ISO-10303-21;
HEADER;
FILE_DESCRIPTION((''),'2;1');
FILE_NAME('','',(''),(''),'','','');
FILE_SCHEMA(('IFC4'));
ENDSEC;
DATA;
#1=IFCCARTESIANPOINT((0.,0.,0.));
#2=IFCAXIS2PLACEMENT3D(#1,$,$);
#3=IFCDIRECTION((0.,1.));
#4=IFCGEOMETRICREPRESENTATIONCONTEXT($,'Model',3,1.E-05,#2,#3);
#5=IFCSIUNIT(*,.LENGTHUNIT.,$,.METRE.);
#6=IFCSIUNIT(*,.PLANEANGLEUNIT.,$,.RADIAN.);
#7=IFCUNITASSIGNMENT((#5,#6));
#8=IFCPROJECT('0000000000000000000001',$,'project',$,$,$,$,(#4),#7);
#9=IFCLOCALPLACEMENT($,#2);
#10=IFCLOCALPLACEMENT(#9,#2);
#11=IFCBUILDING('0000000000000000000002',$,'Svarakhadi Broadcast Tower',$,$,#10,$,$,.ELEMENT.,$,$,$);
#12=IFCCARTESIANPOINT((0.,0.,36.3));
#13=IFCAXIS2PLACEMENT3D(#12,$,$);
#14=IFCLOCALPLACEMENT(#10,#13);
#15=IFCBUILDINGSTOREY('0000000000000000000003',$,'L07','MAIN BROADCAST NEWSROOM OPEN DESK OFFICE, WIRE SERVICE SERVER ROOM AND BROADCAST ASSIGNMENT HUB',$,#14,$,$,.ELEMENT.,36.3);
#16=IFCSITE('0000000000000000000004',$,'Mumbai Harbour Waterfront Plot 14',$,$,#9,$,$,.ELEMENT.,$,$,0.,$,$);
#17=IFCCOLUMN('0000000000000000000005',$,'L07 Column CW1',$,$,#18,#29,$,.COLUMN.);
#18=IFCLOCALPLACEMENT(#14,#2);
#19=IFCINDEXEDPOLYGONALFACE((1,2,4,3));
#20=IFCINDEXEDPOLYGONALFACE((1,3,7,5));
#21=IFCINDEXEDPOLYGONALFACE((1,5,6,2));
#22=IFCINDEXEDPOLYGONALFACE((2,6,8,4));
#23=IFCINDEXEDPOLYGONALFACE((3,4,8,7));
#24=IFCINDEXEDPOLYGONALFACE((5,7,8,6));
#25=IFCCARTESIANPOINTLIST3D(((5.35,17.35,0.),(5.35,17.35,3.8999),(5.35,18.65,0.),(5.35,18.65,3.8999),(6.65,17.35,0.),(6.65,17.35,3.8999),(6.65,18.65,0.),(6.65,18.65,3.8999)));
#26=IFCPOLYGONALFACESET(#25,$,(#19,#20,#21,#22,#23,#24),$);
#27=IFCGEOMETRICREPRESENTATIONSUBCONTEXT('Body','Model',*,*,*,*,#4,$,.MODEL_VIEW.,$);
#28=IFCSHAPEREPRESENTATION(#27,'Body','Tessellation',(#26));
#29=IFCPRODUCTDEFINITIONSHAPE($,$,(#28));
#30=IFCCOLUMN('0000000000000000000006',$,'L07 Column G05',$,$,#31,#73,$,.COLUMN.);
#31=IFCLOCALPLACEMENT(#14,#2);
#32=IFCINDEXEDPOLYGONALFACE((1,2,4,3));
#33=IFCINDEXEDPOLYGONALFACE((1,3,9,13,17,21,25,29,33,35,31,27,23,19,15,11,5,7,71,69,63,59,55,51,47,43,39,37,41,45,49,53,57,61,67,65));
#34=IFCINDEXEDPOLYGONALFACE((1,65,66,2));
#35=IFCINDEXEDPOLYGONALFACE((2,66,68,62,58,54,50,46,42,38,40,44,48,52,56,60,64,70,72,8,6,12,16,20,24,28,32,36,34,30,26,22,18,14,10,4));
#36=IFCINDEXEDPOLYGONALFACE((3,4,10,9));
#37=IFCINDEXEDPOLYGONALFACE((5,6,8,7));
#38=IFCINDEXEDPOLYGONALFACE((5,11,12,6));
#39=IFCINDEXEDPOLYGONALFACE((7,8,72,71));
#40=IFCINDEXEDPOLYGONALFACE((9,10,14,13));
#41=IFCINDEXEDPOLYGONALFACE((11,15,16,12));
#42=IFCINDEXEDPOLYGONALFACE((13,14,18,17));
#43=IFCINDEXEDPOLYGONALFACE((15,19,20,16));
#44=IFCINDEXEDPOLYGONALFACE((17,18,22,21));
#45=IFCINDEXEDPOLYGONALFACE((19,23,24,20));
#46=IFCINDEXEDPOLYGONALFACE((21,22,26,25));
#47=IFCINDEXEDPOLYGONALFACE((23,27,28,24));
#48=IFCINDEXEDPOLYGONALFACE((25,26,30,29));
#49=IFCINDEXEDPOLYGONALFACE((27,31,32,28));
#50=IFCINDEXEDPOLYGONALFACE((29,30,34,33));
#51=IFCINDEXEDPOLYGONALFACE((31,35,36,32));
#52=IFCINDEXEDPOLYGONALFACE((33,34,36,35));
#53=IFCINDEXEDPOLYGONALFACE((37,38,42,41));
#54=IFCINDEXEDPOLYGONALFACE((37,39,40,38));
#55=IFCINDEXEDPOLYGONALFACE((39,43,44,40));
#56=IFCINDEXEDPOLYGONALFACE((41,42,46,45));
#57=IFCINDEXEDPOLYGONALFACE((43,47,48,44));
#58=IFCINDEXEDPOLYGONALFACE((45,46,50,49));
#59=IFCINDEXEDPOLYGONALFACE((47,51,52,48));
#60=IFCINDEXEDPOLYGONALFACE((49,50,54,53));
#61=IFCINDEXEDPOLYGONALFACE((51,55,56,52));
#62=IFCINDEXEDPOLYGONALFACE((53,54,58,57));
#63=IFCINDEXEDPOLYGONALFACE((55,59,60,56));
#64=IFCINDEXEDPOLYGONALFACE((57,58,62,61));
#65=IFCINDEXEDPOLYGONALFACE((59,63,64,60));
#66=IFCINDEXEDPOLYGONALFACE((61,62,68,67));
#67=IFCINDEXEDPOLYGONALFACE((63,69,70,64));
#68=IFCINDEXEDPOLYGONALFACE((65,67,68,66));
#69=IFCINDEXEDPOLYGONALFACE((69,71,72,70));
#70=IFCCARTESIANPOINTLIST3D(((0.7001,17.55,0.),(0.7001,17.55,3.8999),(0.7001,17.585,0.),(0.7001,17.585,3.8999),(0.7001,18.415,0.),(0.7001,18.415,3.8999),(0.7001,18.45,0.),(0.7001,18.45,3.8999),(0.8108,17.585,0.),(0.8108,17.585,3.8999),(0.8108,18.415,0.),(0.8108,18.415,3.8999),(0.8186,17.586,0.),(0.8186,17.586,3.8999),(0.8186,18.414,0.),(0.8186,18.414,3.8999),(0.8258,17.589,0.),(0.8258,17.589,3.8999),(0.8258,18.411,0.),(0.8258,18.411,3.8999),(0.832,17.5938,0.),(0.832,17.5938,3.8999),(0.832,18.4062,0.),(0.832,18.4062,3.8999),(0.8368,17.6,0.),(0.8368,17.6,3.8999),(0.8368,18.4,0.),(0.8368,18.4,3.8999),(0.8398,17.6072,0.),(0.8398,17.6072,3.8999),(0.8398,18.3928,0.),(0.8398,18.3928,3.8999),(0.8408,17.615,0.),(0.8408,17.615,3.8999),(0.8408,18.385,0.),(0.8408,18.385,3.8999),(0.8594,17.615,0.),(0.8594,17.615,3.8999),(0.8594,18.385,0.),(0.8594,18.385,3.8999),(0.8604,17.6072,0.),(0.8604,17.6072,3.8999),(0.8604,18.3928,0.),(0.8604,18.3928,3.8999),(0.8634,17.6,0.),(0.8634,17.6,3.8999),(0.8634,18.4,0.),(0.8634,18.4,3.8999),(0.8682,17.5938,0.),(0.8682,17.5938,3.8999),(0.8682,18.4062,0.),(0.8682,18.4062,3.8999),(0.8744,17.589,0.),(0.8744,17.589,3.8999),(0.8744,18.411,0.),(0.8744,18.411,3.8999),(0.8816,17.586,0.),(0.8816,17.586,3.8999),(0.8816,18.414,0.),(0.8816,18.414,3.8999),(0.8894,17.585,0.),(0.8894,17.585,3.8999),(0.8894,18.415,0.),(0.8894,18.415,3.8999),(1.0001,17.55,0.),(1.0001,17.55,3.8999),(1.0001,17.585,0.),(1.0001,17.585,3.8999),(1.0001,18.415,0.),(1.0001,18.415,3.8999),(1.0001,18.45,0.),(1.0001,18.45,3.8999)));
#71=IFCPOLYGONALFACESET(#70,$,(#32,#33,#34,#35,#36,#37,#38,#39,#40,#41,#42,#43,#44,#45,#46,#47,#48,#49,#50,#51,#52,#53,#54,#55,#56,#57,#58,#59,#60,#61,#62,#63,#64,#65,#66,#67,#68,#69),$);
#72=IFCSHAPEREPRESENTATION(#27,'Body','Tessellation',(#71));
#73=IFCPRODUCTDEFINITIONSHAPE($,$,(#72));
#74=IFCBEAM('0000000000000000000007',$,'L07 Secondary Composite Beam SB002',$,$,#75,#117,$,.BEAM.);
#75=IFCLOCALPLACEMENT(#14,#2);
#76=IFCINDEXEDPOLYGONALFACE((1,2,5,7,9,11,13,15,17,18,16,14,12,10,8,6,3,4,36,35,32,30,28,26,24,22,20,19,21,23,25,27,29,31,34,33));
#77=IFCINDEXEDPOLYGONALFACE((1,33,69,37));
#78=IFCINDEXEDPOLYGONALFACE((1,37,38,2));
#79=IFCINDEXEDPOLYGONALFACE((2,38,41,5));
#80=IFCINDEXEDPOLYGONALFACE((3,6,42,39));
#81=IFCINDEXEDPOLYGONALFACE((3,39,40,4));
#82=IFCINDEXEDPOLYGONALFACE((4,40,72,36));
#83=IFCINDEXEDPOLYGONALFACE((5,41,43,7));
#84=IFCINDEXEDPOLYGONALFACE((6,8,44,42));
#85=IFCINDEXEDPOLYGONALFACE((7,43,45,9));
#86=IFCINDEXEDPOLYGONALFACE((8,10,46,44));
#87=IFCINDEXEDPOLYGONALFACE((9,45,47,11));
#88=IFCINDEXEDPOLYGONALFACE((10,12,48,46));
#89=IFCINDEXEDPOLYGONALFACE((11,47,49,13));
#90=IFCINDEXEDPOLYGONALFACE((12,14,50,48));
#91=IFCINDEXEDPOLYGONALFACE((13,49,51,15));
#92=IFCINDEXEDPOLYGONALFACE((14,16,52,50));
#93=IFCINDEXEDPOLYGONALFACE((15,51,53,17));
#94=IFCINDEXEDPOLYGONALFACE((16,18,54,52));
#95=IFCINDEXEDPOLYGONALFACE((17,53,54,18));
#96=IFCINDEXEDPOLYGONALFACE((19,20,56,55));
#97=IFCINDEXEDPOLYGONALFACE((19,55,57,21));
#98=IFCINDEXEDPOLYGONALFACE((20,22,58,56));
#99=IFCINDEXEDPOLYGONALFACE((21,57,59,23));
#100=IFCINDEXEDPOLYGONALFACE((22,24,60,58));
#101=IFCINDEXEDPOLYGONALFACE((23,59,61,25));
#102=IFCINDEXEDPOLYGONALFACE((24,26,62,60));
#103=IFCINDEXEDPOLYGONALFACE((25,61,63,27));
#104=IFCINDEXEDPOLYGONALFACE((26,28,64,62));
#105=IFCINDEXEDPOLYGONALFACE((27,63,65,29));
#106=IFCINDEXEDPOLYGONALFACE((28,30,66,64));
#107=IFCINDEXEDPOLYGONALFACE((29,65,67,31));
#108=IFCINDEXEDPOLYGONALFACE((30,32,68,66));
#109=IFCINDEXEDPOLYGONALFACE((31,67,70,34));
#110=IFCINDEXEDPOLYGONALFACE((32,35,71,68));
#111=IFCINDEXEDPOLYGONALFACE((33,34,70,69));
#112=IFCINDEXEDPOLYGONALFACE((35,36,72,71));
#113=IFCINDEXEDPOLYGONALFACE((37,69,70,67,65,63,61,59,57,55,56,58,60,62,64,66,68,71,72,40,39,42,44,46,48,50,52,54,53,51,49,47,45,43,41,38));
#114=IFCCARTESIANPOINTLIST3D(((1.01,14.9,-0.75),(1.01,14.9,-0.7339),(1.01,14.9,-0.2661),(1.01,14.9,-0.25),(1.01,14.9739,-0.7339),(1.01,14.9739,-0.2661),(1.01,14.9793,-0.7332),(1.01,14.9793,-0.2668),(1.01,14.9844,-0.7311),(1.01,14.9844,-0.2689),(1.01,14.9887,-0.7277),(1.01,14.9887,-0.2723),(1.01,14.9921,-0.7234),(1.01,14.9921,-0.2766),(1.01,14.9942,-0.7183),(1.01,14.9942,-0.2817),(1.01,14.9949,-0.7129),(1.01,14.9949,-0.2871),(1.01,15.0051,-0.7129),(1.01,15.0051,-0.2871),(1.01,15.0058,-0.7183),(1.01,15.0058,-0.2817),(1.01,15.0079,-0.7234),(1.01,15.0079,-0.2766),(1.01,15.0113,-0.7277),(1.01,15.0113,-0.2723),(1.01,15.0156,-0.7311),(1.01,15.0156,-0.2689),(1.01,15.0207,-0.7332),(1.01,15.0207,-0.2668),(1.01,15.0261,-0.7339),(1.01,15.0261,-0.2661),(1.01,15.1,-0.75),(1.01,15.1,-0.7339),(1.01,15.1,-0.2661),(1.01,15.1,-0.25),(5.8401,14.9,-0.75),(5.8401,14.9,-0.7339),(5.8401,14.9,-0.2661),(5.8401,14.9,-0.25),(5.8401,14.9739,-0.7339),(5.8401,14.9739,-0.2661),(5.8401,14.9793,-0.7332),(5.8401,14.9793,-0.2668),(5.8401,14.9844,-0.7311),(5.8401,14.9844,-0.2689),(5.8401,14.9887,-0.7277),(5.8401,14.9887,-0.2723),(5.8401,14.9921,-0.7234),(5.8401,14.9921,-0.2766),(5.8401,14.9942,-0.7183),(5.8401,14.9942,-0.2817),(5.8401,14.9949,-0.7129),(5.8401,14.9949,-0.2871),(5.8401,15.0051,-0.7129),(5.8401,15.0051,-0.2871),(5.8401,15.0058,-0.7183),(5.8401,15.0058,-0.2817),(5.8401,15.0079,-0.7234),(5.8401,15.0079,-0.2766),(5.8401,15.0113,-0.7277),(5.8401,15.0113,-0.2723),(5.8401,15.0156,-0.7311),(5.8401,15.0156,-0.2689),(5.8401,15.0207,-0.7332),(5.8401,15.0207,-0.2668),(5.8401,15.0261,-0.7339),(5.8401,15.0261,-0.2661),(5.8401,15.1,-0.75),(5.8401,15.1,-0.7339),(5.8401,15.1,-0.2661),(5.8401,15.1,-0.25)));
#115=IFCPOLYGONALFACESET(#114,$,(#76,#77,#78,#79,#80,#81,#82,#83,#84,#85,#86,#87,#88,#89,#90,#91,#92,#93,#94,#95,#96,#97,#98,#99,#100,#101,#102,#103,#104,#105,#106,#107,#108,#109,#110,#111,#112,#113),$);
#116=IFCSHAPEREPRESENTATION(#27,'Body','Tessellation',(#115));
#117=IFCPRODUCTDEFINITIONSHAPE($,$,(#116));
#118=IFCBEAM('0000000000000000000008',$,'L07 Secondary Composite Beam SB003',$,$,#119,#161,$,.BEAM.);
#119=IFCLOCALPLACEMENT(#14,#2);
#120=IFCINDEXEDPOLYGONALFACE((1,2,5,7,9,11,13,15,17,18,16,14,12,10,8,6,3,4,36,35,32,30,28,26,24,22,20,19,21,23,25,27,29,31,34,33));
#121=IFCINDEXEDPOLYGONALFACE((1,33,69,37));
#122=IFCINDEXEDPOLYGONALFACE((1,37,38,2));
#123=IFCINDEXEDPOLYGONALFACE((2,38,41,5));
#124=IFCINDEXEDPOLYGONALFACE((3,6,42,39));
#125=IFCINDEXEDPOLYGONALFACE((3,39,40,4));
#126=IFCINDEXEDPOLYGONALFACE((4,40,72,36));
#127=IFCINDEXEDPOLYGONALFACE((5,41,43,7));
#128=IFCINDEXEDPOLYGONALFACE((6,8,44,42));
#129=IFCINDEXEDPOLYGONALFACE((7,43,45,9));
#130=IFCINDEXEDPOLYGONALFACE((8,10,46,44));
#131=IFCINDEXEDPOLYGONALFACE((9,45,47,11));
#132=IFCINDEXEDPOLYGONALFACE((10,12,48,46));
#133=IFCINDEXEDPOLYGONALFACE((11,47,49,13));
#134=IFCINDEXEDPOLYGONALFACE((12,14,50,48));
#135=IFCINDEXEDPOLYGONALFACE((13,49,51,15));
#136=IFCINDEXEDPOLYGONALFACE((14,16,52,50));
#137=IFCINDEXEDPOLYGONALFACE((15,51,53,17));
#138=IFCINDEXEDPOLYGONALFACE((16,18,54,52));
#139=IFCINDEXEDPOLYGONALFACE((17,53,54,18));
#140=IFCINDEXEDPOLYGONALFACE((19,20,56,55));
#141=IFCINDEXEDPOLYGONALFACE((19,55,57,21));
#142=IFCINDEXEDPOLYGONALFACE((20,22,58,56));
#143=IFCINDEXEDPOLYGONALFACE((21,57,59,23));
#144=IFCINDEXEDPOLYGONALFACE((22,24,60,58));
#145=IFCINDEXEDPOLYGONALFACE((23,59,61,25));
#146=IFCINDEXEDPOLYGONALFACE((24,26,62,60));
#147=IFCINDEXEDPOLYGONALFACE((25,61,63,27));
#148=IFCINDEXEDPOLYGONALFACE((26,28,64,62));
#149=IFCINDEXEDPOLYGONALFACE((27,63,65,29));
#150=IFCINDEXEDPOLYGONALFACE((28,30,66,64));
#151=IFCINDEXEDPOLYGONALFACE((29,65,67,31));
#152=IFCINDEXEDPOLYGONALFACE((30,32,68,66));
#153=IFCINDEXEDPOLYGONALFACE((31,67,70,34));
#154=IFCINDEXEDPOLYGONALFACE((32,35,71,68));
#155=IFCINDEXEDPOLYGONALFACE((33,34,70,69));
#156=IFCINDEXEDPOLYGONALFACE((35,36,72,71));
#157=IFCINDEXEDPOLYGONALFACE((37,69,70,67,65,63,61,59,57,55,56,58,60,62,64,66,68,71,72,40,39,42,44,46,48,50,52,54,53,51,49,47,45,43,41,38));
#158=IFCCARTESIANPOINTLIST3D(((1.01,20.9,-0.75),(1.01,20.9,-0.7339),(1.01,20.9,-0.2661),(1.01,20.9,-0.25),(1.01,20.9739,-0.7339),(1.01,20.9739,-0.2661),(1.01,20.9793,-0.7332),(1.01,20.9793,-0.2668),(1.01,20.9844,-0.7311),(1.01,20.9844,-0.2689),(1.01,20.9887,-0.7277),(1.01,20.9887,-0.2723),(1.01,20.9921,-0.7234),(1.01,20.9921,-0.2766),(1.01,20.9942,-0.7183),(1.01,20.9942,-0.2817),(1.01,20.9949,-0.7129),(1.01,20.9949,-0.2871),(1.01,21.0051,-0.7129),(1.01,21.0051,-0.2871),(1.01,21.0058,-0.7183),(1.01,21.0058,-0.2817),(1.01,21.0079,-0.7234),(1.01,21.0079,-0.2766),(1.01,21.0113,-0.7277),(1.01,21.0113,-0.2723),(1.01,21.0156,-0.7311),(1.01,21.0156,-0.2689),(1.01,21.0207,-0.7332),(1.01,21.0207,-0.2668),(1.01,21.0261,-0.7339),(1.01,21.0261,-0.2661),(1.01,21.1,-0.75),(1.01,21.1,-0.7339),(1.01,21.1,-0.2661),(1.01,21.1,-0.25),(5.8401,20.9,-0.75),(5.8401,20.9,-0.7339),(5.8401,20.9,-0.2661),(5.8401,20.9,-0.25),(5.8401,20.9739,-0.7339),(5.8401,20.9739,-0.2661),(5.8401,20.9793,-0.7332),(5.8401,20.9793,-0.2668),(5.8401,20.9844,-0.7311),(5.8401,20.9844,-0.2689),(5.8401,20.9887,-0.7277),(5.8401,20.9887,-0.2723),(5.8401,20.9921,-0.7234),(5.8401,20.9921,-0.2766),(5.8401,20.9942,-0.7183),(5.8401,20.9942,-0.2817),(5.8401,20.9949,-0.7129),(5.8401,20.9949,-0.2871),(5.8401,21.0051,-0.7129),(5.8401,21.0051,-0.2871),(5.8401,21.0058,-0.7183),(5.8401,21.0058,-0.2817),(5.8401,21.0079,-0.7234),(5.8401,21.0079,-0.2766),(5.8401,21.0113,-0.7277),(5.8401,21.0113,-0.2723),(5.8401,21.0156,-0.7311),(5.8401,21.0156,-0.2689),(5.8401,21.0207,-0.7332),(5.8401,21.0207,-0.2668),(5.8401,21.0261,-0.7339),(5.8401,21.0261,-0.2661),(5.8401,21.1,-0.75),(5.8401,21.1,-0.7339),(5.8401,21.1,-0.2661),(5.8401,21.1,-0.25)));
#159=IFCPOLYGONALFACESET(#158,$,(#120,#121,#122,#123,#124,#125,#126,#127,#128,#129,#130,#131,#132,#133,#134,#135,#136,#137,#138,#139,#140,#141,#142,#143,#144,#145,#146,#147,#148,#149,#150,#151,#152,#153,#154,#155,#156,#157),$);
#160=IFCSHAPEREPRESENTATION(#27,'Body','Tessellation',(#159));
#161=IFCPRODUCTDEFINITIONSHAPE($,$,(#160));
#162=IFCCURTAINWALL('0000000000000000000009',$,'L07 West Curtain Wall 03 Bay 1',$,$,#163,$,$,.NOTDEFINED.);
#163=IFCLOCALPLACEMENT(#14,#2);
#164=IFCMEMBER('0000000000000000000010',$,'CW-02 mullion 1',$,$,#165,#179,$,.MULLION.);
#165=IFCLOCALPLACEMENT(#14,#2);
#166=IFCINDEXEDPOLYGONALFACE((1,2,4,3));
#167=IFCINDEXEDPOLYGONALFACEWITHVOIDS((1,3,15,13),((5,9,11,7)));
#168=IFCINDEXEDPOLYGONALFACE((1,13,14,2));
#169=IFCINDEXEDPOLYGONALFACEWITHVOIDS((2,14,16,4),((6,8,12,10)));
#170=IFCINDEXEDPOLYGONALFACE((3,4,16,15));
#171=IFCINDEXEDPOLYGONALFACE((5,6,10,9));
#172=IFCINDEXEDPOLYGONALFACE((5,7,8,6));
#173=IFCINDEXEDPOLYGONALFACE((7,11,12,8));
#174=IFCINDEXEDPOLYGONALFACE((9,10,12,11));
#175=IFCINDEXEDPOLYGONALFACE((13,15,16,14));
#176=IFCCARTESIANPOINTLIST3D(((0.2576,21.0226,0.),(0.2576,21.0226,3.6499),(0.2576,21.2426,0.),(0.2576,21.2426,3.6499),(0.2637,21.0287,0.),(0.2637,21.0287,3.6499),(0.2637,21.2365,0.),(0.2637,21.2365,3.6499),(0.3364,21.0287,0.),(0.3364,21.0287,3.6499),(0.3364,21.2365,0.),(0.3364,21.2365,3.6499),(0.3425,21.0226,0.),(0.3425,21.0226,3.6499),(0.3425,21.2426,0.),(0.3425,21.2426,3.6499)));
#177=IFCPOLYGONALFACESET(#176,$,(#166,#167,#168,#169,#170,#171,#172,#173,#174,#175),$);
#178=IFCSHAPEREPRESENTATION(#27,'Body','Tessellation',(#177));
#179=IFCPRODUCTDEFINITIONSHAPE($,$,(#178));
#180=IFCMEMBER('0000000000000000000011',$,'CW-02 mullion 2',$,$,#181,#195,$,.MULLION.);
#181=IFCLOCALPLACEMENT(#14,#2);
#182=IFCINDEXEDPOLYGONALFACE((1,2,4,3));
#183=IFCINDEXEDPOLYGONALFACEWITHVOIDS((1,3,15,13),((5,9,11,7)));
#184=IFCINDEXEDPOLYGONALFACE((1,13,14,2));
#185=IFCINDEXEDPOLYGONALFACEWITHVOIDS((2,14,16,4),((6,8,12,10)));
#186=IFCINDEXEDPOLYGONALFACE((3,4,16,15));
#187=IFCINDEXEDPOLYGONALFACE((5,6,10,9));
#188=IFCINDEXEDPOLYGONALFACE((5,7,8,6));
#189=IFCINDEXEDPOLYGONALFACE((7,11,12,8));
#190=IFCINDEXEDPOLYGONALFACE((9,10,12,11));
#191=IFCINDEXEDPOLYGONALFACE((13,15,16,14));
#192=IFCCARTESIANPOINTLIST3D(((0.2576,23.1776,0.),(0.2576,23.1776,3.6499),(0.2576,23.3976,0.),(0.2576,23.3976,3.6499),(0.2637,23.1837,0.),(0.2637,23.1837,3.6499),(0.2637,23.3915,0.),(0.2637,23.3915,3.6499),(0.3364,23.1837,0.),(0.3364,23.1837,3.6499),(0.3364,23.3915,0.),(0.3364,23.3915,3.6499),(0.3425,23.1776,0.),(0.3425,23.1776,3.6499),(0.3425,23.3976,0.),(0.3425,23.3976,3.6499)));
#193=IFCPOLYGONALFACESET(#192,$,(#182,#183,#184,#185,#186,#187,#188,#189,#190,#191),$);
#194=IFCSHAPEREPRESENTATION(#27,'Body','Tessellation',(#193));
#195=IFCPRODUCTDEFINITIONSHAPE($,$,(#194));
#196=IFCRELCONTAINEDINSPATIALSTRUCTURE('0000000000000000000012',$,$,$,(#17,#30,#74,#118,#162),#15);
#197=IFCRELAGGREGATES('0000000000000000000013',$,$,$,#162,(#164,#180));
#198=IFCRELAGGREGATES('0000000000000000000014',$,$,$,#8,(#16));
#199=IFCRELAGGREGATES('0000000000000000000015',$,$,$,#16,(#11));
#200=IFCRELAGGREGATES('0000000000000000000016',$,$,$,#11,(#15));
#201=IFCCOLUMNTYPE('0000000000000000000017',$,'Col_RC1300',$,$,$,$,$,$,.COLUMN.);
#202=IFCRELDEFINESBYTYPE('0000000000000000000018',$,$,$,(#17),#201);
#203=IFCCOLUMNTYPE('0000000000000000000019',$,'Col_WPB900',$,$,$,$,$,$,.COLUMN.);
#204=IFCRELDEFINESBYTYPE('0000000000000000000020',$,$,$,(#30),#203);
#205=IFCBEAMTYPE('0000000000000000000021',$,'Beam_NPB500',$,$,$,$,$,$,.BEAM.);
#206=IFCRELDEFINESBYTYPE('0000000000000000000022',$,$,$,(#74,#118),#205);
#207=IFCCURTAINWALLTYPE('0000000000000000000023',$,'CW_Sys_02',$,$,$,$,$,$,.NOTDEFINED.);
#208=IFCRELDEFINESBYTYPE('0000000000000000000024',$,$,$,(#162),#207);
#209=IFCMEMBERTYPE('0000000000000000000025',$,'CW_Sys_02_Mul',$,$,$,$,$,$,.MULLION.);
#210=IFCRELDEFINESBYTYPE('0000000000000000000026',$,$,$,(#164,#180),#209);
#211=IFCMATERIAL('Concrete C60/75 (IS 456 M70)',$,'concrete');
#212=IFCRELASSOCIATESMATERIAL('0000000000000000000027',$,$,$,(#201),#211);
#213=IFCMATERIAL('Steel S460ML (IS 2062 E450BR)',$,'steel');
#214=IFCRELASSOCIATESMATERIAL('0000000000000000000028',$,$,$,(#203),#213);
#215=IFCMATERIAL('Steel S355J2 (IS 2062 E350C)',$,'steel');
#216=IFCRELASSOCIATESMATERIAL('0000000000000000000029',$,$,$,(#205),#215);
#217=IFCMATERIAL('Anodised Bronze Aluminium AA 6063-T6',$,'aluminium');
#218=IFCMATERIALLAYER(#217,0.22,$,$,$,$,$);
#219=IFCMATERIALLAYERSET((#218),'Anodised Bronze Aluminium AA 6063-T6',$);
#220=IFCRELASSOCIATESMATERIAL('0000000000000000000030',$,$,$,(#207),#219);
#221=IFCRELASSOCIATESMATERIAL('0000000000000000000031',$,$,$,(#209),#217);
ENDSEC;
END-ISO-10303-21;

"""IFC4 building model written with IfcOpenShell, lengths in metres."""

from ifc_helpers import new_model, si_unit, direction, frame, origin, origin_2d, place, context, subcontext, project, spatial, rectangle, hollow_rectangle, i_section, extrude, material, layer, layer_set, material_profile, profile_set, type_object, element, aggregate, save


model = new_model("IFC4")

# Units and contexts
model_context = context("Model", 3, precision=1e-05, world=origin(), true_north=direction((0.0, 1.0)))
body_context = subcontext(model_context, "Body", "Model", "MODEL_VIEW")
ifc_project = project(units=[si_unit("LENGTHUNIT", "METRE"), si_unit("PLANEANGLEUNIT", "RADIAN")], contexts=[model_context])

# Site, building, storey
site_placement = place(None, origin())
site = spatial("IfcSite", under=ifc_project, at=site_placement, Name="Mumbai Harbour Waterfront Plot 14", CompositionType="ELEMENT", RefElevation=0.0)
building_placement = place(site_placement, origin())
building = spatial("IfcBuilding", under=site, at=building_placement, Name="Svarakhadi Broadcast Tower", CompositionType="ELEMENT")
storey_placement = place(building_placement, frame((0.0, 0.0, 36.3)))
storey = spatial("IfcBuildingStorey", under=building, at=storey_placement, Name="L07", Description="MAIN BROADCAST NEWSROOM OPEN DESK OFFICE, WIRE SERVICE SERVER ROOM AND BROADCAST ASSIGNMENT HUB", CompositionType="ELEMENT", Elevation=36.3)

# Columns
ifc_material_1 = material(Name="Concrete C60/75 (IS 456 M70)", Category="concrete")
ifc_material_profile_1 = material_profile(ifc_material_1, rectangle(XDim=1.3, YDim=1.3, at=origin_2d()), Name="RC 1300x1300")
ifc_profile_set_1 = profile_set([ifc_material_profile_1], Name="Concrete C60/75 (IS 456 M70)")
column_type_1 = type_object("IfcColumnType", Name="Col_RC1300", PredefinedType="COLUMN", material=ifc_profile_set_1)
column_1_placement = place(storey_placement, frame((6.0, 18.0, 0.0), z_axis=(0.0, 0.0, 1.0), x_axis=(1.0, 0.0, 0.0)))
element("IfcColumn", 1, at=column_1_placement, inside=storey, type_object=column_type_1, Name="L07 Column CW1", PredefinedType="COLUMN", context=body_context, shape_type="SweptSolid", body=[
    extrude(rectangle(XDim=1.3, YDim=1.3, at=origin_2d()), origin(), (0.0, 0.0, 1.0), 3.8999),
])
ifc_material_2 = material(Name="Steel S460ML (IS 2062 E450BR)", Category="steel")
ifc_material_profile_2 = material_profile(ifc_material_2, i_section(OverallWidth=0.3, OverallDepth=0.8999, WebThickness=0.0186, FlangeThickness=0.0349, FilletRadius=0.03, at=origin_2d()), Name="WPB 900x300x291")
ifc_profile_set_2 = profile_set([ifc_material_profile_2], Name="Steel S460ML (IS 2062 E450BR)")
column_type_2 = type_object("IfcColumnType", Name="Col_WPB900", PredefinedType="COLUMN", material=ifc_profile_set_2)
column_2_placement = place(storey_placement, frame((0.8501, 18.0, 0.0), z_axis=(0.0, 0.0, 1.0), x_axis=(1.0, 0.0, 0.0)))
element("IfcColumn", 2, at=column_2_placement, inside=storey, type_object=column_type_2, Name="L07 Column G05", PredefinedType="COLUMN", context=body_context, shape_type="SweptSolid", body=[
    extrude(i_section(OverallWidth=0.3, OverallDepth=0.8999, WebThickness=0.0186, FlangeThickness=0.0349, FilletRadius=0.03, at=origin_2d()), origin(), (0.0, 0.0, 1.0), 3.8999),
])

# Beams
ifc_material_3 = material(Name="Steel S355J2 (IS 2062 E350C)", Category="steel")
ifc_material_profile_3 = material_profile(ifc_material_3, i_section(OverallWidth=0.2, OverallDepth=0.5, WebThickness=0.0103, FlangeThickness=0.0161, FilletRadius=0.021, at=origin_2d()), Name="NPB 500x200x91")
ifc_profile_set_3 = profile_set([ifc_material_profile_3], Name="Steel S355J2 (IS 2062 E350C)")
beam_type_1 = type_object("IfcBeamType", Name="Beam_NPB500", PredefinedType="BEAM", material=ifc_profile_set_3)
for number, where, z_axis, x_axis, name in (
    (3, (1.01, 15.0, -0.5), (1.0, 0.0, 0.0), (0.0, 1.0, 0.0), "L07 Secondary Composite Beam SB002"),
    (4, (1.01, 21.0, -0.5), (1.0, 0.0, 0.0), (0.0, 1.0, 0.0), "L07 Secondary Composite Beam SB003"),
):
    element("IfcBeam", number, at=place(storey_placement, frame(where, z_axis=z_axis, x_axis=x_axis)), inside=storey, type_object=beam_type_1, Name=name, PredefinedType="BEAM", context=body_context, shape_type="SweptSolid", body=[
        extrude(i_section(OverallWidth=0.2, OverallDepth=0.5, WebThickness=0.0103, FlangeThickness=0.0161, FilletRadius=0.021, at=origin_2d()), origin(), (0.0, 0.0, 1.0), 4.8301),
    ])

# Curtain wall, members
ifc_material_4 = material(Name="Anodised Bronze Aluminium AA 6063-T6", Category="aluminium")
ifc_layer_1 = layer(ifc_material_4, 0.22)
ifc_layer_set_1 = layer_set([ifc_layer_1], Name="Anodised Bronze Aluminium AA 6063-T6")
curtain_wall_type = type_object("IfcCurtainWallType", Name="CW_Sys_02", PredefinedType="NOTDEFINED", material=ifc_layer_set_1)
curtain_wall_placement = place(storey_placement, origin())
curtain_wall = element("IfcCurtainWall", 5, at=curtain_wall_placement, inside=storey, type_object=curtain_wall_type, Name="L07 West Curtain Wall 03 Bay 1", PredefinedType="NOTDEFINED")
ifc_material_profile_4 = material_profile(ifc_material_4, hollow_rectangle(XDim=0.085, YDim=0.22, WallThickness=0.0061, at=origin_2d()), Name="ALU MULLION 220x85x6")
ifc_profile_set_4 = profile_set([ifc_material_profile_4], Name="Anodised Bronze Aluminium AA 6063-T6")
member_type_1 = type_object("IfcMemberType", Name="CW_Sys_02_Mul", PredefinedType="MULLION", material=ifc_profile_set_4)
member_1_placement = place(storey_placement, frame((0.3, 21.1326, 0.0), z_axis=(0.0, 0.0, 1.0), x_axis=(-1.0, 0.0, 0.0)))
member_1 = element("IfcMember", 6, at=member_1_placement, type_object=member_type_1, Name="CW-02 mullion 1", PredefinedType="MULLION", context=body_context, shape_type="SweptSolid", body=[
    extrude(hollow_rectangle(XDim=0.085, YDim=0.22, WallThickness=0.0061, at=origin_2d()), origin(), (0.0, 0.0, 1.0), 3.6499),
])
member_2_placement = place(storey_placement, frame((0.3, 23.2876, 0.0), z_axis=(0.0, 0.0, 1.0), x_axis=(-1.0, 0.0, 0.0)))
member_2 = element("IfcMember", 7, at=member_2_placement, type_object=member_type_1, Name="CW-02 mullion 2", PredefinedType="MULLION", context=body_context, shape_type="SweptSolid", body=[
    extrude(hollow_rectangle(XDim=0.085, YDim=0.22, WallThickness=0.0061, at=origin_2d()), origin(), (0.0, 0.0, 1.0), 3.6499),
])

aggregate(curtain_wall, [member_1, member_2])

save(model, "model.ifc")
